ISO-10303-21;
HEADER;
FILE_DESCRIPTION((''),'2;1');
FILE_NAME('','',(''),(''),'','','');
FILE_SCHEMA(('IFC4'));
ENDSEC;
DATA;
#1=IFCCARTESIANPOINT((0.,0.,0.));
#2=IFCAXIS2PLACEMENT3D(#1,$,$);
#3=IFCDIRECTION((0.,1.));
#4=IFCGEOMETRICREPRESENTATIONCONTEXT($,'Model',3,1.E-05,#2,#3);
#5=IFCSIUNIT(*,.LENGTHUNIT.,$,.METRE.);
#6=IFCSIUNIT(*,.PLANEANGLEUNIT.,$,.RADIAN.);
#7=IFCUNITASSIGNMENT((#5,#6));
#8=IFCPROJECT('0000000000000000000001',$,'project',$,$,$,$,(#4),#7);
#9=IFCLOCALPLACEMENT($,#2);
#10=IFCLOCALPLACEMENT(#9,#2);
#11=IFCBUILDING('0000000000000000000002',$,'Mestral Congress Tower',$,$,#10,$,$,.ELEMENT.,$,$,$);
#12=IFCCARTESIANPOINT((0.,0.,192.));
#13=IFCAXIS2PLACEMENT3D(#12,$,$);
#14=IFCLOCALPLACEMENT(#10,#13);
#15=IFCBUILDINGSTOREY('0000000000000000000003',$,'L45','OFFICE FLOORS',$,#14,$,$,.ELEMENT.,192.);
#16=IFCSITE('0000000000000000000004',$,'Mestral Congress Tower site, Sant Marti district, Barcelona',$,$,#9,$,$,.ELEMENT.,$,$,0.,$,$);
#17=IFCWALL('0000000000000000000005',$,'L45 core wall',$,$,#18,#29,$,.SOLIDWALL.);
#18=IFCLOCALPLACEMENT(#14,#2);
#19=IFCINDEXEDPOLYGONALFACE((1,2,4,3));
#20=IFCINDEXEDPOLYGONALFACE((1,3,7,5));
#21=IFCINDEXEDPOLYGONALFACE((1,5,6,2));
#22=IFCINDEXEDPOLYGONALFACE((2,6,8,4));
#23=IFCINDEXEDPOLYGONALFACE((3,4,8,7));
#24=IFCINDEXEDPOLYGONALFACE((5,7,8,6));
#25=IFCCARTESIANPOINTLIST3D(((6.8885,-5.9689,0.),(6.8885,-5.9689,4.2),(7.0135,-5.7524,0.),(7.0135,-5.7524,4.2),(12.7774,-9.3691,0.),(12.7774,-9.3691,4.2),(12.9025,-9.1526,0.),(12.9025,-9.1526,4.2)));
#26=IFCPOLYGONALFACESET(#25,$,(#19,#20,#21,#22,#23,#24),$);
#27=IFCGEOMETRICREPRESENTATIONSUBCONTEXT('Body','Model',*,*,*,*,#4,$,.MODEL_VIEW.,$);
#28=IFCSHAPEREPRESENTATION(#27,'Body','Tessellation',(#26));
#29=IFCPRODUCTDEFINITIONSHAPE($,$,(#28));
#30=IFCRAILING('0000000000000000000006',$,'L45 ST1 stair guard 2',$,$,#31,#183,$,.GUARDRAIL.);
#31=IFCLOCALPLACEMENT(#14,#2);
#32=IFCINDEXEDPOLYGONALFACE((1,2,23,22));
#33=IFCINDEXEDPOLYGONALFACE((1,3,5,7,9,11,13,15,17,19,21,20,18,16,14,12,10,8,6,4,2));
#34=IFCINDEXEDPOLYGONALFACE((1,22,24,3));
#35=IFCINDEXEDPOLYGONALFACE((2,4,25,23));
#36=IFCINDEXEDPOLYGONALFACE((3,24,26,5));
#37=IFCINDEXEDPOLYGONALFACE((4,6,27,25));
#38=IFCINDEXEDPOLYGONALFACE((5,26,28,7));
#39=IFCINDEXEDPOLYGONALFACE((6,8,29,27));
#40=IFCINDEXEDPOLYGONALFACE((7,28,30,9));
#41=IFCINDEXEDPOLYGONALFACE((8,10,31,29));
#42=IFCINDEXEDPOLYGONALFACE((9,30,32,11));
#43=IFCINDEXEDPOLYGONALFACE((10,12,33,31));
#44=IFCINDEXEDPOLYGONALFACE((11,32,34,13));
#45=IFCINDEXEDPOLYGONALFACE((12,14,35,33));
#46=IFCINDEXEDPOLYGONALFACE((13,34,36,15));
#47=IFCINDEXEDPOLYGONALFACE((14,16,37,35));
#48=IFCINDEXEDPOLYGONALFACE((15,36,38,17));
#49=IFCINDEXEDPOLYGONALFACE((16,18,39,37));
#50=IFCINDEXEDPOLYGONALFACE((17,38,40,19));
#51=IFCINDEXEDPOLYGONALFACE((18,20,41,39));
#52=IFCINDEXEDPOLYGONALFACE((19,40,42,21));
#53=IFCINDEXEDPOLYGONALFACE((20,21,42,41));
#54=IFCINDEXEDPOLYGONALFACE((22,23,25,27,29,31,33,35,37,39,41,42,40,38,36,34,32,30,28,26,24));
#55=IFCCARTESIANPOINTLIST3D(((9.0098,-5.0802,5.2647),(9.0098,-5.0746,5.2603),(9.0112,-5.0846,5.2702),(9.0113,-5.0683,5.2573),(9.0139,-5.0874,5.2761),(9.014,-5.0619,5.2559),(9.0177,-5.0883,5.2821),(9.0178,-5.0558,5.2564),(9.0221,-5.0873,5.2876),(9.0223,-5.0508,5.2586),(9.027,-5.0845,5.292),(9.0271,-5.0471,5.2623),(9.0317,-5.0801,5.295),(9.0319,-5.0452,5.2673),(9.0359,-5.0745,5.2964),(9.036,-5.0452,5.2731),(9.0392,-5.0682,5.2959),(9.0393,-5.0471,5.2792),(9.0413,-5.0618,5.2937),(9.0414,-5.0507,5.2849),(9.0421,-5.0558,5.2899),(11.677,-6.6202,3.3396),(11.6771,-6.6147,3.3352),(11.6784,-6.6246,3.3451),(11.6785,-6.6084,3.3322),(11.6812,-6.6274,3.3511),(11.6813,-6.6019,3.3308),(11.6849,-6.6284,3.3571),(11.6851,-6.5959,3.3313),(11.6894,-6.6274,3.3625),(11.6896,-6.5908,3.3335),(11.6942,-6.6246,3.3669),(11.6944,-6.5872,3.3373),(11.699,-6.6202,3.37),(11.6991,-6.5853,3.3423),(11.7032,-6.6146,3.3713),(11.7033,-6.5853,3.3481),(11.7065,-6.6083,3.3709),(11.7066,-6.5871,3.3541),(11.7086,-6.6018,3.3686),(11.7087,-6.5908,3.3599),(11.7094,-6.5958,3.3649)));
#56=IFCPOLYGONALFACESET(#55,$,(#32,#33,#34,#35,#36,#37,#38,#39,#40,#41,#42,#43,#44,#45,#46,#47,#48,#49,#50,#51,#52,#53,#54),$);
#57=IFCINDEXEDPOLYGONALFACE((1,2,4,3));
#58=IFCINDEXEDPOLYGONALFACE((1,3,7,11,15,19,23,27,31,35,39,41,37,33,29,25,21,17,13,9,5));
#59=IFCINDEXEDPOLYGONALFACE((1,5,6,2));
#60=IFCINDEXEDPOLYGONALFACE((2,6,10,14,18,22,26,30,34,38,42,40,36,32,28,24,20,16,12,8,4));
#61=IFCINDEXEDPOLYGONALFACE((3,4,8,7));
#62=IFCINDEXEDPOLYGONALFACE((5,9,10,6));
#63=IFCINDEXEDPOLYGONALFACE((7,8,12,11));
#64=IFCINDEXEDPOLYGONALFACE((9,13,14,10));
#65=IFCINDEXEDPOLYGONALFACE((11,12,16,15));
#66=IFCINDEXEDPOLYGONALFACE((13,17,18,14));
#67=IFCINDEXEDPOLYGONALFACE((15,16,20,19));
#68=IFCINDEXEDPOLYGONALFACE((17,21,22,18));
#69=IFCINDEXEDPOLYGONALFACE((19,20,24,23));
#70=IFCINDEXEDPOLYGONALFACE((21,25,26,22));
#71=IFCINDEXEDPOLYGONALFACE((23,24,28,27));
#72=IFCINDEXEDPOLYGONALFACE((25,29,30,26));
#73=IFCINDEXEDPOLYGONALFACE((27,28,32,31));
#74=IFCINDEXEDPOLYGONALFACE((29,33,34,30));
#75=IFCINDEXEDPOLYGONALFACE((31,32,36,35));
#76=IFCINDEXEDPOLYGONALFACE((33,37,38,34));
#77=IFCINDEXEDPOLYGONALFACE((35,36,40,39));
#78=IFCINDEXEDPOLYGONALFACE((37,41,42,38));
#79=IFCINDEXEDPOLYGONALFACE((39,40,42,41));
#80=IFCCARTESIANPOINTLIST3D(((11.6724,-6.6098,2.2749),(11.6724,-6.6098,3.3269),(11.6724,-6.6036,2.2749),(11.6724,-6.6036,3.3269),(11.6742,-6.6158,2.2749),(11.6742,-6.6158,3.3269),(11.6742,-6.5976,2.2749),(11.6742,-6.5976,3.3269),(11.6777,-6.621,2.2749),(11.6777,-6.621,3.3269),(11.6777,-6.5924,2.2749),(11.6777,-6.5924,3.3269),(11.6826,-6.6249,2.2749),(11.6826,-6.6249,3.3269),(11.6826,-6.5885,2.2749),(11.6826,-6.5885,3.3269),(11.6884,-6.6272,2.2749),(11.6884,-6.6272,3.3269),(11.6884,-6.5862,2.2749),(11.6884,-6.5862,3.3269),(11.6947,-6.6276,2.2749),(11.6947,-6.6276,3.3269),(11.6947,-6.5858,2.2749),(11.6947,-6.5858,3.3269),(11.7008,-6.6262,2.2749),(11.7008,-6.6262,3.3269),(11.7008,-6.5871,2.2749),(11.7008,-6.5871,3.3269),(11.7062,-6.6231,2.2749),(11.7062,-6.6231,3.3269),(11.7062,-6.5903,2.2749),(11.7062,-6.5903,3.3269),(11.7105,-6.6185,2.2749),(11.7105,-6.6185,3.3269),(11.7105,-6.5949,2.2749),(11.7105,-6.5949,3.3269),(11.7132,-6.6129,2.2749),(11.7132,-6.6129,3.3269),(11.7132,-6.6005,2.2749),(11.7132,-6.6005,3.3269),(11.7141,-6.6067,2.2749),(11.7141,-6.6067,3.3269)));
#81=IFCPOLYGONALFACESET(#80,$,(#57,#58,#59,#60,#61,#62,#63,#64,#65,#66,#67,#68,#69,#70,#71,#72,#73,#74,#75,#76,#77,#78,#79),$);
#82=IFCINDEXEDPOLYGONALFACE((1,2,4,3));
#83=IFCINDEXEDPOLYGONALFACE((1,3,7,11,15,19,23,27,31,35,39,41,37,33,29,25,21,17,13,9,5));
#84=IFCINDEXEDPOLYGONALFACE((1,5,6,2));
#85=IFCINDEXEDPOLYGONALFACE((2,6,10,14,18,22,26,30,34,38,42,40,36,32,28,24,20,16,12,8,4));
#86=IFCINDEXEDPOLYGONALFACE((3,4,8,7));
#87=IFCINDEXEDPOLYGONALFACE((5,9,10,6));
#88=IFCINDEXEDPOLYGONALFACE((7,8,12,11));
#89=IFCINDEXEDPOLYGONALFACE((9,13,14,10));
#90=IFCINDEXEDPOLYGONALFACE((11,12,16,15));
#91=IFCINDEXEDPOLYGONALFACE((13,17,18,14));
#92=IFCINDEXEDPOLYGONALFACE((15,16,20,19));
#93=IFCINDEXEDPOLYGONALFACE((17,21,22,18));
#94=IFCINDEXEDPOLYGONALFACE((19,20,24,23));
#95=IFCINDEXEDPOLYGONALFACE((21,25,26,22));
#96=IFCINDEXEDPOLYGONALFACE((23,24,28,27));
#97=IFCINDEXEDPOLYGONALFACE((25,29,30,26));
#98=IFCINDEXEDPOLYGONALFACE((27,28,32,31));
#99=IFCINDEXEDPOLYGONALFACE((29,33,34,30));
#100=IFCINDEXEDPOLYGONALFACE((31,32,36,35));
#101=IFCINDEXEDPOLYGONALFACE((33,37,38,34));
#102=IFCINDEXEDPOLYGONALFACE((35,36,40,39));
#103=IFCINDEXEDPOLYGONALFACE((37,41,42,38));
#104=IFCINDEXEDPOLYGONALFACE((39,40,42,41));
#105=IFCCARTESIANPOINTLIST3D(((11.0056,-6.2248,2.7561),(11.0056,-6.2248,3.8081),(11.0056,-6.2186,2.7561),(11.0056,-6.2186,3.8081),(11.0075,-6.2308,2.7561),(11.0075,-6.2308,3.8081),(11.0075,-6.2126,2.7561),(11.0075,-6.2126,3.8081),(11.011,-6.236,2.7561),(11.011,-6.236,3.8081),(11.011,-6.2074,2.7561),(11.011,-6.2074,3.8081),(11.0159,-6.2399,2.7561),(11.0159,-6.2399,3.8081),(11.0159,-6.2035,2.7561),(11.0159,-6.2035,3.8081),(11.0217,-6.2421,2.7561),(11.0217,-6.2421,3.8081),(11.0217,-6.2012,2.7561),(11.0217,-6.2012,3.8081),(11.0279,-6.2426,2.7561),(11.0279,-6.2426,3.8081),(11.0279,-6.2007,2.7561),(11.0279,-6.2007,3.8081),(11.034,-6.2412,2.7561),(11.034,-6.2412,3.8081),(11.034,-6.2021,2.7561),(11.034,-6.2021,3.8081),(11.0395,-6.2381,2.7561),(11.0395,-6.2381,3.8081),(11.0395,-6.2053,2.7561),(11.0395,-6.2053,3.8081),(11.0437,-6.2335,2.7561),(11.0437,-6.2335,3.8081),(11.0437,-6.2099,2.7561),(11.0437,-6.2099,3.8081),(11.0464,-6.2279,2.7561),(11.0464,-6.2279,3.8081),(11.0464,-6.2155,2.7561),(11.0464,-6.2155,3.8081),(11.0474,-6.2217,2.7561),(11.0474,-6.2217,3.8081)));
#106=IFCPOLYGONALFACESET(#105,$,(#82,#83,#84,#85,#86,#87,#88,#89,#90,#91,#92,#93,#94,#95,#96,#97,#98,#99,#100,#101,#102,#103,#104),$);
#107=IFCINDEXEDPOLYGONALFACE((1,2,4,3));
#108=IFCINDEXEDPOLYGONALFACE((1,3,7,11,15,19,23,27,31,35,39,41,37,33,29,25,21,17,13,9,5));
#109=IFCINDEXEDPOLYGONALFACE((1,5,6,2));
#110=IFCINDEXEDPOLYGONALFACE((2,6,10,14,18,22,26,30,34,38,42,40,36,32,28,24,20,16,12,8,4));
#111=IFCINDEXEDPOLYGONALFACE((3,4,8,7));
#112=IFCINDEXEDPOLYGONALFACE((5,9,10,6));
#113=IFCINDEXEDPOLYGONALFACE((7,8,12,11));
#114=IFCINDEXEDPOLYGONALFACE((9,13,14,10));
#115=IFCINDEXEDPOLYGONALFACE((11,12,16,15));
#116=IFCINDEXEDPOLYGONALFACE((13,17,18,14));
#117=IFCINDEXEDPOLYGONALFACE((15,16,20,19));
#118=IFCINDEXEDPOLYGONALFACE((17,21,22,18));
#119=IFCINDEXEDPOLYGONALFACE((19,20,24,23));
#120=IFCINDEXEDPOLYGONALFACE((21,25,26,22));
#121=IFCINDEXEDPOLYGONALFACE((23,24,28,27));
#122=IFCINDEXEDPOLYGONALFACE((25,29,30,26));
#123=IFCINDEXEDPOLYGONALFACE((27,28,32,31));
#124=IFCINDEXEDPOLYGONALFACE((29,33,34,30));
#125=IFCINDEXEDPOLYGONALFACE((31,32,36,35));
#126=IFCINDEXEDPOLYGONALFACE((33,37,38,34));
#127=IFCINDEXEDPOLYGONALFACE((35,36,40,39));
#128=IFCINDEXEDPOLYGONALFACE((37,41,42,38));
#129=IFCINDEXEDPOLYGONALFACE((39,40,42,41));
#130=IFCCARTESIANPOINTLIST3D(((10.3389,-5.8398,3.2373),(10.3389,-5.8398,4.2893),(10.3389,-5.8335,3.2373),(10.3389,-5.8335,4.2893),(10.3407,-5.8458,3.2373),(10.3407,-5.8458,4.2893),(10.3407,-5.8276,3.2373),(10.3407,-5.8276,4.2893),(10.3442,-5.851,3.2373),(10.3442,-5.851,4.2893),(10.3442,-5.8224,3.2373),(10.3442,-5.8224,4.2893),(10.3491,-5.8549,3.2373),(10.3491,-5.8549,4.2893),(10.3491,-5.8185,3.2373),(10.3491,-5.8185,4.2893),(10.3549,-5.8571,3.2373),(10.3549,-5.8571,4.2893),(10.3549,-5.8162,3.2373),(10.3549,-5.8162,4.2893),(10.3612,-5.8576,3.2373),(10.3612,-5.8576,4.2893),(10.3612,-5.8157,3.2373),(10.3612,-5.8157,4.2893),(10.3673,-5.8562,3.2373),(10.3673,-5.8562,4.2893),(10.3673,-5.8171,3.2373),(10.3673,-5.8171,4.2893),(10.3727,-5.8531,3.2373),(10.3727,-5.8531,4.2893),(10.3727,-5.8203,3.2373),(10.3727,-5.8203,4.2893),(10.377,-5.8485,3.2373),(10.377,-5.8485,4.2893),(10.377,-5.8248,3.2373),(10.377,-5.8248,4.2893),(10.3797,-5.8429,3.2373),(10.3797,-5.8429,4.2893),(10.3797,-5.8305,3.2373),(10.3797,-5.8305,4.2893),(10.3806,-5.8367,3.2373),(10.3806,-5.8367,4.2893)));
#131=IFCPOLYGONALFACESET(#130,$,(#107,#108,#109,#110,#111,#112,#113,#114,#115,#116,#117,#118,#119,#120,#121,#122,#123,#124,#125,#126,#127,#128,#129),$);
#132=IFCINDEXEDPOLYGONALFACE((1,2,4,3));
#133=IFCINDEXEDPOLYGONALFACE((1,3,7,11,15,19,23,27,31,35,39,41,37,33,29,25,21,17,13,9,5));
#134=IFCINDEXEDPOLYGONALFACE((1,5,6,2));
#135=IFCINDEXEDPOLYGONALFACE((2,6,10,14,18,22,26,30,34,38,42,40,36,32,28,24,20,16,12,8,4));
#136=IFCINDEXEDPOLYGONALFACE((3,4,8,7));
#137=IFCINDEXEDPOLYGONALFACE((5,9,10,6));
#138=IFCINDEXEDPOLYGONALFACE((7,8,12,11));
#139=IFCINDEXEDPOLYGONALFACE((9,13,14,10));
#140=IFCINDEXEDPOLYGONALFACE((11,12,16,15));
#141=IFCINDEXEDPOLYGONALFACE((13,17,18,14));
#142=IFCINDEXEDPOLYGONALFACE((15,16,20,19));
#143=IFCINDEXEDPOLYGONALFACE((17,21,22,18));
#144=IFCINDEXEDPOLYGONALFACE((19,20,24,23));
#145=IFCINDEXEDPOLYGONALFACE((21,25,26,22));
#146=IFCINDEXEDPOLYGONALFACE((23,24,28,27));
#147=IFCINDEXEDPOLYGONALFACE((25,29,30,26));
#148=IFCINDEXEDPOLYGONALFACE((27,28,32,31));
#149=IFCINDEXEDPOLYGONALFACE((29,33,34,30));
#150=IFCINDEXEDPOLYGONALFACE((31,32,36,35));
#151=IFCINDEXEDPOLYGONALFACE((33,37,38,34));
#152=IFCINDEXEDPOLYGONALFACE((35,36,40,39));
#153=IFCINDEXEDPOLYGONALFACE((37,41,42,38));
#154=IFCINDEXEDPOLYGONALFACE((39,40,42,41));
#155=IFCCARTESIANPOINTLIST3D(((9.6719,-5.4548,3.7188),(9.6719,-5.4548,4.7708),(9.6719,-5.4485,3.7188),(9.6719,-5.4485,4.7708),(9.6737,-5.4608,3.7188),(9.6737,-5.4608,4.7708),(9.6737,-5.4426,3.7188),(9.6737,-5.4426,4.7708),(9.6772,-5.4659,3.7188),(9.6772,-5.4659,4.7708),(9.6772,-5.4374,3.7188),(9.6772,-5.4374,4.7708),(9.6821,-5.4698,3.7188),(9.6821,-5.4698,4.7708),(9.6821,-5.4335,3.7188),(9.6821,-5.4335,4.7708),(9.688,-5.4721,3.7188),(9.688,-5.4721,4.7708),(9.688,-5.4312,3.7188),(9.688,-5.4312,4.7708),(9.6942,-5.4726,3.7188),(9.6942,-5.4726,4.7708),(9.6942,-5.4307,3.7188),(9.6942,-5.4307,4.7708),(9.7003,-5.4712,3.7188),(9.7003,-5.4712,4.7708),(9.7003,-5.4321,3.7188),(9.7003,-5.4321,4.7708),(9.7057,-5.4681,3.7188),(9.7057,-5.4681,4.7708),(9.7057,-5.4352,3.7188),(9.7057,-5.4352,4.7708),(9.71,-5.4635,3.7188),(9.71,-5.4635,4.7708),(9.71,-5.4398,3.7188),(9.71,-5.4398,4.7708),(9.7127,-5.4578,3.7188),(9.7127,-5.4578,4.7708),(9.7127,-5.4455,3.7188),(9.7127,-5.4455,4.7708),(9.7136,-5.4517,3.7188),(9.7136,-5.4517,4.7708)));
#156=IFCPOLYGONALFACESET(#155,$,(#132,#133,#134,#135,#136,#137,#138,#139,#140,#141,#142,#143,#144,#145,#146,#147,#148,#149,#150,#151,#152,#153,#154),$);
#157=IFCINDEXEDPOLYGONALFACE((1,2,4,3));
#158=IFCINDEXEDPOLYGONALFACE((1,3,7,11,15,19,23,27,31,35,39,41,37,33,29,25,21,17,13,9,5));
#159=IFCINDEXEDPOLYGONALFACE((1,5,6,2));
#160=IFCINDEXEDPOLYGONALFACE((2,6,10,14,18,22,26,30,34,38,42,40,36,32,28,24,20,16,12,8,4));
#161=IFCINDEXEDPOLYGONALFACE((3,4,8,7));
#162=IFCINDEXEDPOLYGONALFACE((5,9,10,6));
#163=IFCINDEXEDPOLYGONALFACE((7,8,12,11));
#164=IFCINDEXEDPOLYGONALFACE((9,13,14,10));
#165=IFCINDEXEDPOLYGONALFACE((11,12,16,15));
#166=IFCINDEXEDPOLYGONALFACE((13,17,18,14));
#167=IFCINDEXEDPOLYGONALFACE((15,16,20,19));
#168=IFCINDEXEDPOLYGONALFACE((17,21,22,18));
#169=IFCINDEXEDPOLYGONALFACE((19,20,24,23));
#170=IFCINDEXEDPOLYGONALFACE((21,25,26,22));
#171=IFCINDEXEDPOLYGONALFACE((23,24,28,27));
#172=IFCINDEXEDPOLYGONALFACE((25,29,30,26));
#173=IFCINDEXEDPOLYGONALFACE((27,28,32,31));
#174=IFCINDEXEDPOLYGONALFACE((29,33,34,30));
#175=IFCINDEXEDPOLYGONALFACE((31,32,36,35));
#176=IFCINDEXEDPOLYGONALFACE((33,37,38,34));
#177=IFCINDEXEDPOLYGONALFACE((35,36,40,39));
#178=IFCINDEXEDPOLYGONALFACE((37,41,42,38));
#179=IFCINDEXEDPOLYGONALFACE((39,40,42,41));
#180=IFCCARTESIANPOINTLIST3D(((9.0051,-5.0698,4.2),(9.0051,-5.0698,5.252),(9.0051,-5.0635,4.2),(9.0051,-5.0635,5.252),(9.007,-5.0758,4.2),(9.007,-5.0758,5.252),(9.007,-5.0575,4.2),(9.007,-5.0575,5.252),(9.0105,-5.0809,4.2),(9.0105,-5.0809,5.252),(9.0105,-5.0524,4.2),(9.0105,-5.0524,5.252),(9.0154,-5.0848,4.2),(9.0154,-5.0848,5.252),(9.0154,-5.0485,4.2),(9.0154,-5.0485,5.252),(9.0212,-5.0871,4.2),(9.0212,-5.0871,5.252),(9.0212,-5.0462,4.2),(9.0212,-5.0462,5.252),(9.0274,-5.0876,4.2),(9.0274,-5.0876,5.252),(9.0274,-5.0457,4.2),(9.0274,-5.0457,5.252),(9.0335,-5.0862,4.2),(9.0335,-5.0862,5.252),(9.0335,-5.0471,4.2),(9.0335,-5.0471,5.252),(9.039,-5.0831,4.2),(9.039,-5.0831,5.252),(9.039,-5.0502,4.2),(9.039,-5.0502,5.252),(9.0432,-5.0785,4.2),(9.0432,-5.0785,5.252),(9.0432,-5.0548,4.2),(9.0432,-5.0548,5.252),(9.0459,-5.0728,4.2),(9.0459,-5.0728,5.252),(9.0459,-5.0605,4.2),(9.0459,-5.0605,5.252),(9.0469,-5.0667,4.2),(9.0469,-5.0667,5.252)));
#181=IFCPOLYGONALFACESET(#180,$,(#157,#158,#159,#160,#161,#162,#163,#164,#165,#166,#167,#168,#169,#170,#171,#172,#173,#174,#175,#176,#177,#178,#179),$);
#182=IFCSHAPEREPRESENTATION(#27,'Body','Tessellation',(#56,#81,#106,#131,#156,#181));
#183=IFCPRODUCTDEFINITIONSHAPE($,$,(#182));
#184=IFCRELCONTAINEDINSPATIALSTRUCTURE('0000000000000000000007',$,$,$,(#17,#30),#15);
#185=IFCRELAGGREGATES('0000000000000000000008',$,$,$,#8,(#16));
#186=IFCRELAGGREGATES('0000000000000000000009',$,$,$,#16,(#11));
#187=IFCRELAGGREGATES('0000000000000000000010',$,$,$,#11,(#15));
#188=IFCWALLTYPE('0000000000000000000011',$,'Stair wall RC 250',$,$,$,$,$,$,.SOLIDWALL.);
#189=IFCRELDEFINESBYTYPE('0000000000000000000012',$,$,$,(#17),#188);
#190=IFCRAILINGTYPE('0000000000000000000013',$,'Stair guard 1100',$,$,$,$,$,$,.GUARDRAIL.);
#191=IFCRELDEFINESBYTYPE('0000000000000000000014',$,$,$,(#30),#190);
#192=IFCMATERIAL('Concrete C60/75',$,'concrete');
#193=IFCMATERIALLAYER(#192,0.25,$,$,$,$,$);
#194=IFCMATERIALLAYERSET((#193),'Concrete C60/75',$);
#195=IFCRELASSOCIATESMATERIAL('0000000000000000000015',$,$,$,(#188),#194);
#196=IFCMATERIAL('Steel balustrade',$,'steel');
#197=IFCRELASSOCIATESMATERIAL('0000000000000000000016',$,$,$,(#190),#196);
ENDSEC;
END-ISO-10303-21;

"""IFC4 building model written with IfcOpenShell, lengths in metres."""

from ifc_helpers import new_model, si_unit, direction, frame, frame_2d, origin, origin_2d, place, context, subcontext, project, spatial, rectangle, circle, extrude, material, layer, layer_set, type_object, element, save


model = new_model("IFC4")

# Units and contexts
model_context = context("Model", 3, precision=1e-05, world=origin(), true_north=direction((0.0, 1.0)))
body_context = subcontext(model_context, "Body", "Model", "MODEL_VIEW")
ifc_project = project(units=[si_unit("LENGTHUNIT", "METRE"), si_unit("PLANEANGLEUNIT", "RADIAN")], contexts=[model_context])

# Site, building, storey
site_placement = place(None, origin())
site = spatial("IfcSite", under=ifc_project, at=site_placement, Name="Mestral Congress Tower site, Sant Marti district, Barcelona", CompositionType="ELEMENT", RefElevation=0.0)
building_placement = place(site_placement, origin())
building = spatial("IfcBuilding", under=site, at=building_placement, Name="Mestral Congress Tower", CompositionType="ELEMENT")
storey_placement = place(building_placement, frame((0.0, 0.0, 192.0)))
storey = spatial("IfcBuildingStorey", under=building, at=storey_placement, Name="L45", Description="OFFICE FLOORS", CompositionType="ELEMENT", Elevation=192.0)

# Shared definitions
ifc_material_1 = material(Name="Concrete C60/75", Category="concrete")

# Wall
ifc_layer_1 = layer(ifc_material_1, 0.25)
ifc_layer_set_1 = layer_set([ifc_layer_1], Name="Concrete C60/75")
wall_type_1 = type_object("IfcWallType", Name="Stair wall RC 250", PredefinedType="SOLIDWALL", material=ifc_layer_set_1)
wall_1_placement = place(storey_placement, frame((12.8398, -9.2607, 0.0), z_axis=(0.0, 0.0, 1.0), x_axis=(-0.866014, 0.50002, 0.0)))
element("IfcWall", 1, at=wall_1_placement, inside=storey, type_object=wall_type_1, Name="L45 core wall", PredefinedType="SOLIDWALL", context=body_context, shape_type="SweptSolid", body=[
    extrude(rectangle(XDim=6.8, YDim=0.25, at=frame_2d((3.3999, 0.0))), origin(), (0.0, 0.0, 1.0), 4.2),
])

# Railing
ifc_material_2 = material(Name="Steel balustrade", Category="steel")
railing_type = type_object("IfcRailingType", Name="Stair guard 1100", PredefinedType="GUARDRAIL", material=ifc_material_2)
railing_placement = place(storey_placement, frame((11.6931, -6.6067, 2.2749)))
element("IfcRailing", 2, at=railing_placement, inside=storey, type_object=railing_type, Name="L45 ST1 stair guard 2", PredefinedType="GUARDRAIL", context=body_context, shape_type="SweptSolid", body=[
    extrude(circle(Radius=0.0239, at=origin_2d()), frame((0.0, 0.0, 1.0762), z_axis=(-0.734364, 0.424015, 0.530019), x_axis=(-0.500027, -0.86601, 0.0)), (0.0, 0.0, 1.0), 3.6321),
    extrude(circle(Radius=0.021, at=origin_2d()), origin(), (0.0, 0.0, 1.0), 1.052),
    extrude(circle(Radius=0.021, at=origin_2d()), frame((-0.6667, 0.385, 0.4812)), (0.0, 0.0, 1.0), 1.052),
    extrude(circle(Radius=0.021, at=origin_2d()), frame((-1.3335, 0.77, 0.9624)), (0.0, 0.0, 1.0), 1.052),
    extrude(circle(Radius=0.021, at=origin_2d()), frame((-2.0005, 1.155, 1.4438)), (0.0, 0.0, 1.0), 1.052),
    extrude(circle(Radius=0.021, at=origin_2d()), frame((-2.6672, 1.54, 1.925)), (0.0, 0.0, 1.0), 1.052),
])

save(model, "model.ifc")
